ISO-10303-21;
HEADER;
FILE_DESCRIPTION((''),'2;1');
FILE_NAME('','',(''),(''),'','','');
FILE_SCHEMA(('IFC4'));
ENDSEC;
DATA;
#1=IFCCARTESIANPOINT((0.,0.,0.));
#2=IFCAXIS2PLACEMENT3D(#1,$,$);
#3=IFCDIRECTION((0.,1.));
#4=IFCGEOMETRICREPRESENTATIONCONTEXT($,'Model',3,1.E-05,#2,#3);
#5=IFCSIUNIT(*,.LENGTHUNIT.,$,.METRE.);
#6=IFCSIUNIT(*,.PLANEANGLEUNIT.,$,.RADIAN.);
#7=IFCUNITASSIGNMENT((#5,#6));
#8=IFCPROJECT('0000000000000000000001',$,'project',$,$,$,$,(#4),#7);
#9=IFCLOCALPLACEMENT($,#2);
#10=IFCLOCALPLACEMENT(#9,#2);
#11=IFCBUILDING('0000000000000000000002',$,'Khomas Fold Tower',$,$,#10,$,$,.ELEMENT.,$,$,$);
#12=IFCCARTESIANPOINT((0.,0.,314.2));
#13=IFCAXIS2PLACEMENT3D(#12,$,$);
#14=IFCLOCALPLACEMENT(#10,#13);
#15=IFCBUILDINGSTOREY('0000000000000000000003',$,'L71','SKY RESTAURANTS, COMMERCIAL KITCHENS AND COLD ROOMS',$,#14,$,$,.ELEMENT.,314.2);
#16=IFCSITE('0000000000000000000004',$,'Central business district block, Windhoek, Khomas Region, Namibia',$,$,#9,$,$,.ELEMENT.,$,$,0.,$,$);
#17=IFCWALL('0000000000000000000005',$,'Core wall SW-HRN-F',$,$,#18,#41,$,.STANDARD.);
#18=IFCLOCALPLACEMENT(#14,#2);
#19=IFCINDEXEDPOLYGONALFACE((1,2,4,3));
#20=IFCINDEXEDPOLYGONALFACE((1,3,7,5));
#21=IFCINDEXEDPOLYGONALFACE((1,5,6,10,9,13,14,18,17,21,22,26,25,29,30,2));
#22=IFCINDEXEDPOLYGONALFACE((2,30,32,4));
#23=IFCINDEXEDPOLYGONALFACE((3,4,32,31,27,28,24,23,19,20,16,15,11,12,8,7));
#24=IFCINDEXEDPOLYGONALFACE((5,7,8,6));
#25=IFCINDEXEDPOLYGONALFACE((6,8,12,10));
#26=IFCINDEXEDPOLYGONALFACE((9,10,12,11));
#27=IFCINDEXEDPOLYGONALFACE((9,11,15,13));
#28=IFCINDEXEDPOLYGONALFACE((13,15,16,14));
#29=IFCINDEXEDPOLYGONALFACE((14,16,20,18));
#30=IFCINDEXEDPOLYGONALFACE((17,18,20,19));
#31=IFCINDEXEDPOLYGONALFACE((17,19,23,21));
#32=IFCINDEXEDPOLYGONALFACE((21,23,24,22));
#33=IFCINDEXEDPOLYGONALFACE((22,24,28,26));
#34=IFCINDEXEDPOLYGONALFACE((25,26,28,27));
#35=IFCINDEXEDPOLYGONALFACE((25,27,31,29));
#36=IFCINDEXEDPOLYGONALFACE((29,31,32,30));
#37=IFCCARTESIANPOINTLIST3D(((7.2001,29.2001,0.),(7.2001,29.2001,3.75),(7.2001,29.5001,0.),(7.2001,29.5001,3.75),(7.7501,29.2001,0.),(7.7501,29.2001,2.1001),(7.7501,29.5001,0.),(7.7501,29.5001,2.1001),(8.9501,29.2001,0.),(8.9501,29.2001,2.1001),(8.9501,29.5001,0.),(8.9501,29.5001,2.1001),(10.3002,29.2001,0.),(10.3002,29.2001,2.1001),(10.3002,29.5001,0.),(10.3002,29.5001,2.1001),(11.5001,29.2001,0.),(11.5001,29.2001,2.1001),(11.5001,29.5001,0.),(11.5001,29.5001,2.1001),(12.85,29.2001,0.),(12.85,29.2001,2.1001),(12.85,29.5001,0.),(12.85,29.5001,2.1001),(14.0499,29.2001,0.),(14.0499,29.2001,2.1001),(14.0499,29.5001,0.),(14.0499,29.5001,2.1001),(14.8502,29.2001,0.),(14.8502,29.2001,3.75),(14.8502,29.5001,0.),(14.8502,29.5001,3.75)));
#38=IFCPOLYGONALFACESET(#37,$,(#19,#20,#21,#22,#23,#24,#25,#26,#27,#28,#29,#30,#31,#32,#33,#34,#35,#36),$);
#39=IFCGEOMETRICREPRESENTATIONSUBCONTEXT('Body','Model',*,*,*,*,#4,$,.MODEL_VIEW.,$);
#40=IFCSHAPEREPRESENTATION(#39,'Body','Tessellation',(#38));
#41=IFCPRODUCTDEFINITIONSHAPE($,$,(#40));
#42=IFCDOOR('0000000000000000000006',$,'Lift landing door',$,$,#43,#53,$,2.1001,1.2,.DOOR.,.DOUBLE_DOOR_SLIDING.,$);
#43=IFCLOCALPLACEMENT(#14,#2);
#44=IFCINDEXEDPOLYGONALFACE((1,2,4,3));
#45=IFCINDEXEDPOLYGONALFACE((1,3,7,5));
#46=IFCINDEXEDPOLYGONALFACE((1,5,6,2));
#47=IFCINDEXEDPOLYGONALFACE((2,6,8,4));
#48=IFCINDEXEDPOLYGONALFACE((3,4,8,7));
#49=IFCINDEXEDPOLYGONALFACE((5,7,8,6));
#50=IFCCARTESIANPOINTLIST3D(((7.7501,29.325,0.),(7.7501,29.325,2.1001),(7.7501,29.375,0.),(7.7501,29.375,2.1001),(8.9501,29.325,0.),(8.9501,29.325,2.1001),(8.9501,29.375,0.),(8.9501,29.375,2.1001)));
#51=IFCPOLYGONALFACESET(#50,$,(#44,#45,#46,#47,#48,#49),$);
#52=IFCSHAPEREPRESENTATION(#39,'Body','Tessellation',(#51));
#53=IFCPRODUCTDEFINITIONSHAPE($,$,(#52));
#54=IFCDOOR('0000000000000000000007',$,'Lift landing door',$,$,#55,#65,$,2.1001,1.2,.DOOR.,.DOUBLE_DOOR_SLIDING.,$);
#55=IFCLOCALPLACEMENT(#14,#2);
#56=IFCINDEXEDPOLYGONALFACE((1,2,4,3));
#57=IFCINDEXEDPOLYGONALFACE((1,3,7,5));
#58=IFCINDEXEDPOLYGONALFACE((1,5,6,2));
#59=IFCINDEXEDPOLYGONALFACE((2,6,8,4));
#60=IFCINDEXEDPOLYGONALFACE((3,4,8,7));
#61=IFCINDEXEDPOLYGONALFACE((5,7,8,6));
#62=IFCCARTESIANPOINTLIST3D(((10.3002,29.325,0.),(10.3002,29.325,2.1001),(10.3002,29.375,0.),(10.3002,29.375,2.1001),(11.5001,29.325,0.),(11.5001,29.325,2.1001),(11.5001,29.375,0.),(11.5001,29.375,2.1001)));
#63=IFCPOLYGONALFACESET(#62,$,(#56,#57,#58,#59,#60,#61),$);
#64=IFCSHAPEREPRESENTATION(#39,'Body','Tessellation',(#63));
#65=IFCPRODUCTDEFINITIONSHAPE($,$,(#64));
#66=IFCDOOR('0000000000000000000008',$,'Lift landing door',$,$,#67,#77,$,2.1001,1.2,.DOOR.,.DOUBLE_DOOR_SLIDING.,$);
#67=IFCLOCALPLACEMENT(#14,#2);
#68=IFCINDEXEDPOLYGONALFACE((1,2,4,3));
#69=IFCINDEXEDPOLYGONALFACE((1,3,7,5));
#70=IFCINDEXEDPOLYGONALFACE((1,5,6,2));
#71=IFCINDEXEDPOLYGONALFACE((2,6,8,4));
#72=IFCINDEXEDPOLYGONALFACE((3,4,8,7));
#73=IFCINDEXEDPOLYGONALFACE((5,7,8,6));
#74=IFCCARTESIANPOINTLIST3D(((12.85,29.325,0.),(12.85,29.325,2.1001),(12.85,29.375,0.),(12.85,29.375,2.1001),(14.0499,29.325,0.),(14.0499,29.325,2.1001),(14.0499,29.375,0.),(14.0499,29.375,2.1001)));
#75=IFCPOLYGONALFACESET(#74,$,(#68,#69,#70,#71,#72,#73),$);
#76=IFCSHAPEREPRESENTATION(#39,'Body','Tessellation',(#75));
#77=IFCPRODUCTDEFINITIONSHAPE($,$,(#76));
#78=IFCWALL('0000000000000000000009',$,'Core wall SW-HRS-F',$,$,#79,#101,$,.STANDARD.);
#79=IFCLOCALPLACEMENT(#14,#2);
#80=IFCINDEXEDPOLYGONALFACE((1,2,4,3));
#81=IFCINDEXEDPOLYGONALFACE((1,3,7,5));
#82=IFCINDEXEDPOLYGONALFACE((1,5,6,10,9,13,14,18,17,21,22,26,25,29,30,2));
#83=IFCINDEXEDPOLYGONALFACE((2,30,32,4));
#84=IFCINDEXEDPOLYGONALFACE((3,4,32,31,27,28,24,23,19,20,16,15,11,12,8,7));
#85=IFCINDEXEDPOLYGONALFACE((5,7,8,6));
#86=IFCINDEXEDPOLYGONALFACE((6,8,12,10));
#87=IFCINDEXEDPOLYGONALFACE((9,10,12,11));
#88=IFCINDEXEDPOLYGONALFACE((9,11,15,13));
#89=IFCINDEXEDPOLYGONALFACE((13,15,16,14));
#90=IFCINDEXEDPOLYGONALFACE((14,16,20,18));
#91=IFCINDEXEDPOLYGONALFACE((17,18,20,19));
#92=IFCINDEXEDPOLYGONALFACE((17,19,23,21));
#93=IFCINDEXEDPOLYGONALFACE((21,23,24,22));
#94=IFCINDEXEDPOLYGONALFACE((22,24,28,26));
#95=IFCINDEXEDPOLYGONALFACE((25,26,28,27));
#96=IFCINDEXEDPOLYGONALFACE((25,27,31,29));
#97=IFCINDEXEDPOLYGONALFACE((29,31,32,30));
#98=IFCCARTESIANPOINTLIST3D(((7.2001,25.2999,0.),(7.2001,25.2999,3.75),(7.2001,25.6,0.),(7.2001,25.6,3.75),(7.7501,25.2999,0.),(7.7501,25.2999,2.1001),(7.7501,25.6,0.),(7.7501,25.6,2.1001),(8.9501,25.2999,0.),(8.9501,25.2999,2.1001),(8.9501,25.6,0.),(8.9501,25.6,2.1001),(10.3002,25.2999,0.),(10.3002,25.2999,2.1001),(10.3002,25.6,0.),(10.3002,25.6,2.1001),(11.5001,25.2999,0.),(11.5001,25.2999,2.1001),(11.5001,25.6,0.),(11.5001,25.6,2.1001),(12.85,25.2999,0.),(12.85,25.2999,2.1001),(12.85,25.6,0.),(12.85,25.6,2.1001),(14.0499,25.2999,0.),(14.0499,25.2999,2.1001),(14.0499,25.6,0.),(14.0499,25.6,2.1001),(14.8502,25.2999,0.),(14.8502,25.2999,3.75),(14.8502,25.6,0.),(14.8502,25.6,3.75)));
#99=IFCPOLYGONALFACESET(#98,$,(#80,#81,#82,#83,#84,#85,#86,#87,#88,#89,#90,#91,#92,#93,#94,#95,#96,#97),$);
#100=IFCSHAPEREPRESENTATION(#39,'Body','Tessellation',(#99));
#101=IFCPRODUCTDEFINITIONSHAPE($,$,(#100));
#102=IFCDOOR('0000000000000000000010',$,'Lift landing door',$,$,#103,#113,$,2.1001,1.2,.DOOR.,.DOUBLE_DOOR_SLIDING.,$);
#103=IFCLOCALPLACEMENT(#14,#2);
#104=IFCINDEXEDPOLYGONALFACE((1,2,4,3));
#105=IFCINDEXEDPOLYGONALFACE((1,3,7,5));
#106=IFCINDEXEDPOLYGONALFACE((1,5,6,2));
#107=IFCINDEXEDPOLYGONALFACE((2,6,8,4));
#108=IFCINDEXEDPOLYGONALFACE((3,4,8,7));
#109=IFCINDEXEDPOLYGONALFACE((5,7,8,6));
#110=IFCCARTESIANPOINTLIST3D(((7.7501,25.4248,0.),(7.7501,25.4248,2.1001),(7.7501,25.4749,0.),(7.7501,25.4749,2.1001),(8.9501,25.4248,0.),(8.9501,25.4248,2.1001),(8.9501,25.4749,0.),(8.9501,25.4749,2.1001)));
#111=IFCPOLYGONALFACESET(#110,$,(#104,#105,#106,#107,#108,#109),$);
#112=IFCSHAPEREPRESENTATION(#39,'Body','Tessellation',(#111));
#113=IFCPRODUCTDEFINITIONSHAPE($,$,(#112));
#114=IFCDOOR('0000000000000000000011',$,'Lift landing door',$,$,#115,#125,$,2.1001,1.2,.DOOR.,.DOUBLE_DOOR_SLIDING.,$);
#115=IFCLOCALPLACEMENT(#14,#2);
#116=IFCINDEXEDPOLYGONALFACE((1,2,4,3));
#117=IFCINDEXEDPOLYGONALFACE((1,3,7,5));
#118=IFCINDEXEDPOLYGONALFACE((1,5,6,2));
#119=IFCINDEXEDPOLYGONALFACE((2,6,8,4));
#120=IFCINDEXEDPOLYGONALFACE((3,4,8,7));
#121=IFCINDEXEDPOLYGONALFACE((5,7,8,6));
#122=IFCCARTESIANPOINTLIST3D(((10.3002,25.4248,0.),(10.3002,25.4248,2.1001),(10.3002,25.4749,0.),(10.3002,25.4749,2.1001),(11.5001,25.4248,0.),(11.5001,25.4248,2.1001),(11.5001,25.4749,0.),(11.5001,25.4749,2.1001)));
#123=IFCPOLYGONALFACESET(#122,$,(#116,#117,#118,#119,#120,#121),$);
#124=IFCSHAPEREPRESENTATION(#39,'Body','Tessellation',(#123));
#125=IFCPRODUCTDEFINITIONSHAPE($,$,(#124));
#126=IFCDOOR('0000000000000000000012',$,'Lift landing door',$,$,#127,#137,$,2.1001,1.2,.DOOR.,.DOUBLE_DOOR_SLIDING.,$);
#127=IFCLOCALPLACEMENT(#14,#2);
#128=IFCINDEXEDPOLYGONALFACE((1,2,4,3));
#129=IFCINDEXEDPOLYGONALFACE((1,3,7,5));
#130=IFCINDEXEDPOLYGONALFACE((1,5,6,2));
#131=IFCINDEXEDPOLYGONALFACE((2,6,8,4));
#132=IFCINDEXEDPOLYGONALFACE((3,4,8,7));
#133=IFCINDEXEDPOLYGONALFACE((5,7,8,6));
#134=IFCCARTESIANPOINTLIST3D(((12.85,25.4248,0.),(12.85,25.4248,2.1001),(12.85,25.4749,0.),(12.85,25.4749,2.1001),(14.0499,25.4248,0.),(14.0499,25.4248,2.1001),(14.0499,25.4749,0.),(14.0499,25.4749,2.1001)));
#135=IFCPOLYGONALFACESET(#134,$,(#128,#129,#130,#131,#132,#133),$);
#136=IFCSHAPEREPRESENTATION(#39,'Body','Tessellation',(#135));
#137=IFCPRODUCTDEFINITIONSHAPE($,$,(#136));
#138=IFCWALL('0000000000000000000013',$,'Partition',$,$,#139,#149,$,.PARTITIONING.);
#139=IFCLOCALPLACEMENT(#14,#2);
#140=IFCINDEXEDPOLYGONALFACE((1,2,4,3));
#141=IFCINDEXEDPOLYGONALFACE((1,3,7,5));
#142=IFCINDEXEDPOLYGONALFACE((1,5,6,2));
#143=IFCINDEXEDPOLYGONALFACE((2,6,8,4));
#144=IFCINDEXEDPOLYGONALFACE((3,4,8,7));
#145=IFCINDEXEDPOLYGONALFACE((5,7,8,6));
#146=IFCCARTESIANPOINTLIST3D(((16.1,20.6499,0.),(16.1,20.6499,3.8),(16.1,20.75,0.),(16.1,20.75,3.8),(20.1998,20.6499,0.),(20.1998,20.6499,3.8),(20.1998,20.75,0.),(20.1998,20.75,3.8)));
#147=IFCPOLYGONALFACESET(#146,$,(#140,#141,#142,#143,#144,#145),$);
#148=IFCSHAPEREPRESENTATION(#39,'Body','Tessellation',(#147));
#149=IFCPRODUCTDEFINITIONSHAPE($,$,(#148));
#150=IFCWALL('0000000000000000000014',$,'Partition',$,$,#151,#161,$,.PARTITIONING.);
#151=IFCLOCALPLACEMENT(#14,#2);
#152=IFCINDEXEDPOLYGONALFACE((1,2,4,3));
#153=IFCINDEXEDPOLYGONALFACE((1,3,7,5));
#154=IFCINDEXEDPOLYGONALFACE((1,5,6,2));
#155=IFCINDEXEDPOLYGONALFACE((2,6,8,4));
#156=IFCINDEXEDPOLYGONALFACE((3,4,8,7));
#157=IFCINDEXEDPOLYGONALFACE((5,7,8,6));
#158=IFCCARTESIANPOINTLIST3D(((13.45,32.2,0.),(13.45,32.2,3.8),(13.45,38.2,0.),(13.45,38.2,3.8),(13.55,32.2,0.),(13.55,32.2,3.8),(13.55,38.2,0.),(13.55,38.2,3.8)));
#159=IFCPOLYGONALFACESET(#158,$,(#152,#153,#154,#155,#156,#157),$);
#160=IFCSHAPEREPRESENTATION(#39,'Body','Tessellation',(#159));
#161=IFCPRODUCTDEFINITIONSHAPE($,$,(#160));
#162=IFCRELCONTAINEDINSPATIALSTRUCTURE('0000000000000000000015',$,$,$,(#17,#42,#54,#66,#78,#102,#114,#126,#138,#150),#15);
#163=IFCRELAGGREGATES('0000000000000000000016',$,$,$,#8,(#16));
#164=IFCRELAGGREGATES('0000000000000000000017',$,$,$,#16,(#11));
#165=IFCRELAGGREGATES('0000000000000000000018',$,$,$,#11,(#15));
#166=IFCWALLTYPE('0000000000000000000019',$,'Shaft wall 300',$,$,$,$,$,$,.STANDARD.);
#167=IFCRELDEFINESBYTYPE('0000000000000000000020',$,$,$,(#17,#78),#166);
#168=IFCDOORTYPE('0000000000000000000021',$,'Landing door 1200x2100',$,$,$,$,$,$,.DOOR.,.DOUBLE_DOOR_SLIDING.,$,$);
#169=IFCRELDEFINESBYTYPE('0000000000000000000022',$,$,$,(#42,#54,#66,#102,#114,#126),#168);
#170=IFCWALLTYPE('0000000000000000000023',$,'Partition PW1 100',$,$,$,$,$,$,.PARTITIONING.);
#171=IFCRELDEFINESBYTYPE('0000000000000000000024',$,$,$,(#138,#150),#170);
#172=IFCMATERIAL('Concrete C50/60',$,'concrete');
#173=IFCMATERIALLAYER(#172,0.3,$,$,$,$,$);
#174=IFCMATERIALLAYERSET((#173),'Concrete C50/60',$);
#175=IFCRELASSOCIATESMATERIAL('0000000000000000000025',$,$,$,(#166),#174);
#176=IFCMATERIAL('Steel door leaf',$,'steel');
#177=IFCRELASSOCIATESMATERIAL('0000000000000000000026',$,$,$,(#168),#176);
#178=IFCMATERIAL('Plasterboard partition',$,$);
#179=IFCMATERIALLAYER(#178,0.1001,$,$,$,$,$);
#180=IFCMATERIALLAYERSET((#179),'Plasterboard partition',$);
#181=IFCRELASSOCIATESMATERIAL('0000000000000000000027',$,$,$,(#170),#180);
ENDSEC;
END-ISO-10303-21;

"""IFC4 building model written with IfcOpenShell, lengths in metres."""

from ifc_helpers import new_model, si_unit, direction, frame, frame_2d, origin, place, context, subcontext, project, spatial, rectangle, extrude, source, transform, mapped, material, layer, layer_set, type_object, element, fill, save


model = new_model("IFC4")

# Units and contexts
model_context = context("Model", 3, precision=1e-05, world=origin(), true_north=direction((0.0, 1.0)))
body_context = subcontext(model_context, "Body", "Model", "MODEL_VIEW")
ifc_project = project(units=[si_unit("LENGTHUNIT", "METRE"), si_unit("PLANEANGLEUNIT", "RADIAN")], contexts=[model_context])

# Site, building, storey
site_placement = place(None, origin())
site = spatial("IfcSite", under=ifc_project, at=site_placement, Name="Central business district block, Windhoek, Khomas Region, Namibia", CompositionType="ELEMENT", RefElevation=0.0)
building_placement = place(site_placement, origin())
building = spatial("IfcBuilding", under=site, at=building_placement, Name="Khomas Fold Tower", CompositionType="ELEMENT")
storey_placement = place(building_placement, frame((0.0, 0.0, 314.2)))
storey = spatial("IfcBuildingStorey", under=building, at=storey_placement, Name="L71", Description="SKY RESTAURANTS, COMMERCIAL KITCHENS AND COLD ROOMS", CompositionType="ELEMENT", Elevation=314.2)

# Shared definitions
ifc_material_1 = material(Name="Concrete C50/60", Category="concrete")
ifc_layer_1 = layer(ifc_material_1, 0.3)
ifc_layer_set_1 = layer_set([ifc_layer_1], Name="Concrete C50/60")
wall_type_1 = type_object("IfcWallType", Name="Shaft wall 300", PredefinedType="STANDARD", material=ifc_layer_set_1)
shared_shape_1 = source(origin(), body_context, "Body", "SweptSolid", [
    extrude(rectangle(XDim=7.6501, YDim=0.3, at=frame_2d((3.8252, 0.0))), origin(), (0.0, 0.0, 1.0), 3.75),
])

# Walls, openings, doors
wall_1_placement = place(storey_placement, frame((7.2, 29.3501, 0.0), z_axis=(0.0, 0.0, 1.0), x_axis=(1.0, 0.0, 0.0)))
wall_1 = element("IfcWall", 1, at=wall_1_placement, inside=storey, type_object=wall_type_1, Name="Core wall SW-HRN-F", PredefinedType="STANDARD", context=body_context, shape_type="MappedRepresentation", body=[
    mapped(shared_shape_1, transform((0.0, 0.0, 0.0))),
])
shared_shape_2 = source(origin(), body_context, "Body", "SweptSolid", [
    extrude(rectangle(XDim=1.2, YDim=2.1001, at=frame_2d((0.6001, 1.05))), frame((0.0, 0.1599, 0.0), z_axis=(0.0, -1.0, 0.0), x_axis=(1.0, 0.0, 0.0)), (0.0, 0.0, 1.0), 0.3201),
])
opening_1_placement = place(wall_1_placement, frame((0.55, 0.0, 0.0)))
opening_1 = element("IfcOpeningElement", 2, at=opening_1_placement, cuts=wall_1, PredefinedType="OPENING", context=body_context, shape_type="MappedRepresentation", body=[
    mapped(shared_shape_2, transform((0.0, 0.0, 0.0))),
])
opening_2_placement = place(wall_1_placement, frame((3.1001, 0.0, 0.0)))
opening_2 = element("IfcOpeningElement", 3, at=opening_2_placement, cuts=wall_1, PredefinedType="OPENING", context=body_context, shape_type="MappedRepresentation", body=[
    mapped(shared_shape_2, transform((0.0, 0.0, 0.0))),
])
opening_3_placement = place(wall_1_placement, frame((5.6499, 0.0, 0.0)))
opening_3 = element("IfcOpeningElement", 4, at=opening_3_placement, cuts=wall_1, PredefinedType="OPENING", context=body_context, shape_type="MappedRepresentation", body=[
    mapped(shared_shape_2, transform((0.0, 0.0, 0.0))),
])
ifc_material_2 = material(Name="Steel door leaf", Category="steel")
door_type_1 = type_object("IfcDoorType", Name="Landing door 1200x2100", OperationType="DOUBLE_DOOR_SLIDING", PredefinedType="DOOR", material=ifc_material_2)
shared_shape_3 = source(origin(), body_context, "Body", "SweptSolid", [
    extrude(rectangle(XDim=1.2, YDim=2.1001, at=frame_2d((0.6001, 1.05))), frame((0.0, 0.0249, 0.0), z_axis=(0.0, -1.0, 0.0), x_axis=(1.0, 0.0, 0.0)), (0.0, 0.0, 1.0), 0.05),
])
door_1_placement = place(opening_1_placement, origin())
door_1 = element("IfcDoor", 5, at=door_1_placement, inside=storey, type_object=door_type_1, Name="Lift landing door", OperationType="DOUBLE_DOOR_SLIDING", OverallHeight=2.1001, OverallWidth=1.2, PredefinedType="DOOR", context=body_context, shape_type="MappedRepresentation", body=[
    mapped(shared_shape_3, transform((0.0, 0.0, 0.0))),
])
fill(opening_1, door_1)
door_2_placement = place(opening_2_placement, origin())
door_2 = element("IfcDoor", 6, at=door_2_placement, inside=storey, type_object=door_type_1, Name="Lift landing door", OperationType="DOUBLE_DOOR_SLIDING", OverallHeight=2.1001, OverallWidth=1.2, PredefinedType="DOOR", context=body_context, shape_type="MappedRepresentation", body=[
    mapped(shared_shape_3, transform((0.0, 0.0, 0.0))),
])
fill(opening_2, door_2)
door_3_placement = place(opening_3_placement, origin())
door_3 = element("IfcDoor", 7, at=door_3_placement, inside=storey, type_object=door_type_1, Name="Lift landing door", OperationType="DOUBLE_DOOR_SLIDING", OverallHeight=2.1001, OverallWidth=1.2, PredefinedType="DOOR", context=body_context, shape_type="MappedRepresentation", body=[
    mapped(shared_shape_3, transform((0.0, 0.0, 0.0))),
])
fill(opening_3, door_3)
wall_2_placement = place(storey_placement, frame((7.2, 25.45, 0.0), z_axis=(0.0, 0.0, 1.0), x_axis=(1.0, 0.0, 0.0)))
wall_2 = element("IfcWall", 8, at=wall_2_placement, inside=storey, type_object=wall_type_1, Name="Core wall SW-HRS-F", PredefinedType="STANDARD", context=body_context, shape_type="MappedRepresentation", body=[
    mapped(shared_shape_1, transform((0.0, 0.0, 0.0))),
])
opening_4_placement = place(wall_2_placement, frame((0.55, 0.0, 0.0)))
opening_4 = element("IfcOpeningElement", 9, at=opening_4_placement, cuts=wall_2, PredefinedType="OPENING", context=body_context, shape_type="MappedRepresentation", body=[
    mapped(shared_shape_2, transform((0.0, 0.0, 0.0))),
])
opening_5_placement = place(wall_2_placement, frame((3.1001, 0.0, 0.0)))
opening_5 = element("IfcOpeningElement", 10, at=opening_5_placement, cuts=wall_2, PredefinedType="OPENING", context=body_context, shape_type="MappedRepresentation", body=[
    mapped(shared_shape_2, transform((0.0, 0.0, 0.0))),
])
opening_6_placement = place(wall_2_placement, frame((5.6499, 0.0, 0.0)))
opening_6 = element("IfcOpeningElement", 11, at=opening_6_placement, cuts=wall_2, PredefinedType="OPENING", context=body_context, shape_type="MappedRepresentation", body=[
    mapped(shared_shape_2, transform((0.0, 0.0, 0.0))),
])
door_4_placement = place(opening_4_placement, origin())
door_4 = element("IfcDoor", 12, at=door_4_placement, inside=storey, type_object=door_type_1, Name="Lift landing door", OperationType="DOUBLE_DOOR_SLIDING", OverallHeight=2.1001, OverallWidth=1.2, PredefinedType="DOOR", context=body_context, shape_type="MappedRepresentation", body=[
    mapped(shared_shape_3, transform((0.0, 0.0, 0.0))),
])
fill(opening_4, door_4)
door_5_placement = place(opening_5_placement, origin())
door_5 = element("IfcDoor", 13, at=door_5_placement, inside=storey, type_object=door_type_1, Name="Lift landing door", OperationType="DOUBLE_DOOR_SLIDING", OverallHeight=2.1001, OverallWidth=1.2, PredefinedType="DOOR", context=body_context, shape_type="MappedRepresentation", body=[
    mapped(shared_shape_3, transform((0.0, 0.0, 0.0))),
])
fill(opening_5, door_5)
door_6_placement = place(opening_6_placement, origin())
door_6 = element("IfcDoor", 14, at=door_6_placement, inside=storey, type_object=door_type_1, Name="Lift landing door", OperationType="DOUBLE_DOOR_SLIDING", OverallHeight=2.1001, OverallWidth=1.2, PredefinedType="DOOR", context=body_context, shape_type="MappedRepresentation", body=[
    mapped(shared_shape_3, transform((0.0, 0.0, 0.0))),
])
fill(opening_6, door_6)

# Walls
ifc_material_3 = material(Name="Plasterboard partition")
ifc_layer_2 = layer(ifc_material_3, 0.1001)
ifc_layer_set_2 = layer_set([ifc_layer_2], Name="Plasterboard partition")
wall_type_2 = type_object("IfcWallType", Name="Partition PW1 100", PredefinedType="PARTITIONING", material=ifc_layer_set_2)
shared_shape_4 = source(origin(), body_context, "Body", "SweptSolid", [
    extrude(rectangle(XDim=4.0999, YDim=0.1001, at=frame_2d((2.0498, 0.0))), origin(), (0.0, 0.0, 1.0), 3.8),
])
wall_3_placement = place(storey_placement, frame((16.1001, 20.7, 0.0), z_axis=(0.0, 0.0, 1.0), x_axis=(1.0, 0.0, 0.0)))
element("IfcWall", 15, at=wall_3_placement, inside=storey, type_object=wall_type_2, Name="Partition", PredefinedType="PARTITIONING", context=body_context, shape_type="MappedRepresentation", body=[
    mapped(shared_shape_4, transform((0.0, 0.0, 0.0))),
])
shared_shape_5 = source(origin(), body_context, "Body", "SweptSolid", [
    extrude(rectangle(XDim=6.0, YDim=0.1001, at=frame_2d((3.0, 0.0))), origin(), (0.0, 0.0, 1.0), 3.8),
])
wall_4_placement = place(storey_placement, frame((13.5, 32.2, 0.0), z_axis=(0.0, 0.0, 1.0), x_axis=(0.0, 1.0, 0.0)))
element("IfcWall", 16, at=wall_4_placement, inside=storey, type_object=wall_type_2, Name="Partition", PredefinedType="PARTITIONING", context=body_context, shape_type="MappedRepresentation", body=[
    mapped(shared_shape_5, transform((0.0, 0.0, 0.0))),
])

save(model, "model.ifc")
